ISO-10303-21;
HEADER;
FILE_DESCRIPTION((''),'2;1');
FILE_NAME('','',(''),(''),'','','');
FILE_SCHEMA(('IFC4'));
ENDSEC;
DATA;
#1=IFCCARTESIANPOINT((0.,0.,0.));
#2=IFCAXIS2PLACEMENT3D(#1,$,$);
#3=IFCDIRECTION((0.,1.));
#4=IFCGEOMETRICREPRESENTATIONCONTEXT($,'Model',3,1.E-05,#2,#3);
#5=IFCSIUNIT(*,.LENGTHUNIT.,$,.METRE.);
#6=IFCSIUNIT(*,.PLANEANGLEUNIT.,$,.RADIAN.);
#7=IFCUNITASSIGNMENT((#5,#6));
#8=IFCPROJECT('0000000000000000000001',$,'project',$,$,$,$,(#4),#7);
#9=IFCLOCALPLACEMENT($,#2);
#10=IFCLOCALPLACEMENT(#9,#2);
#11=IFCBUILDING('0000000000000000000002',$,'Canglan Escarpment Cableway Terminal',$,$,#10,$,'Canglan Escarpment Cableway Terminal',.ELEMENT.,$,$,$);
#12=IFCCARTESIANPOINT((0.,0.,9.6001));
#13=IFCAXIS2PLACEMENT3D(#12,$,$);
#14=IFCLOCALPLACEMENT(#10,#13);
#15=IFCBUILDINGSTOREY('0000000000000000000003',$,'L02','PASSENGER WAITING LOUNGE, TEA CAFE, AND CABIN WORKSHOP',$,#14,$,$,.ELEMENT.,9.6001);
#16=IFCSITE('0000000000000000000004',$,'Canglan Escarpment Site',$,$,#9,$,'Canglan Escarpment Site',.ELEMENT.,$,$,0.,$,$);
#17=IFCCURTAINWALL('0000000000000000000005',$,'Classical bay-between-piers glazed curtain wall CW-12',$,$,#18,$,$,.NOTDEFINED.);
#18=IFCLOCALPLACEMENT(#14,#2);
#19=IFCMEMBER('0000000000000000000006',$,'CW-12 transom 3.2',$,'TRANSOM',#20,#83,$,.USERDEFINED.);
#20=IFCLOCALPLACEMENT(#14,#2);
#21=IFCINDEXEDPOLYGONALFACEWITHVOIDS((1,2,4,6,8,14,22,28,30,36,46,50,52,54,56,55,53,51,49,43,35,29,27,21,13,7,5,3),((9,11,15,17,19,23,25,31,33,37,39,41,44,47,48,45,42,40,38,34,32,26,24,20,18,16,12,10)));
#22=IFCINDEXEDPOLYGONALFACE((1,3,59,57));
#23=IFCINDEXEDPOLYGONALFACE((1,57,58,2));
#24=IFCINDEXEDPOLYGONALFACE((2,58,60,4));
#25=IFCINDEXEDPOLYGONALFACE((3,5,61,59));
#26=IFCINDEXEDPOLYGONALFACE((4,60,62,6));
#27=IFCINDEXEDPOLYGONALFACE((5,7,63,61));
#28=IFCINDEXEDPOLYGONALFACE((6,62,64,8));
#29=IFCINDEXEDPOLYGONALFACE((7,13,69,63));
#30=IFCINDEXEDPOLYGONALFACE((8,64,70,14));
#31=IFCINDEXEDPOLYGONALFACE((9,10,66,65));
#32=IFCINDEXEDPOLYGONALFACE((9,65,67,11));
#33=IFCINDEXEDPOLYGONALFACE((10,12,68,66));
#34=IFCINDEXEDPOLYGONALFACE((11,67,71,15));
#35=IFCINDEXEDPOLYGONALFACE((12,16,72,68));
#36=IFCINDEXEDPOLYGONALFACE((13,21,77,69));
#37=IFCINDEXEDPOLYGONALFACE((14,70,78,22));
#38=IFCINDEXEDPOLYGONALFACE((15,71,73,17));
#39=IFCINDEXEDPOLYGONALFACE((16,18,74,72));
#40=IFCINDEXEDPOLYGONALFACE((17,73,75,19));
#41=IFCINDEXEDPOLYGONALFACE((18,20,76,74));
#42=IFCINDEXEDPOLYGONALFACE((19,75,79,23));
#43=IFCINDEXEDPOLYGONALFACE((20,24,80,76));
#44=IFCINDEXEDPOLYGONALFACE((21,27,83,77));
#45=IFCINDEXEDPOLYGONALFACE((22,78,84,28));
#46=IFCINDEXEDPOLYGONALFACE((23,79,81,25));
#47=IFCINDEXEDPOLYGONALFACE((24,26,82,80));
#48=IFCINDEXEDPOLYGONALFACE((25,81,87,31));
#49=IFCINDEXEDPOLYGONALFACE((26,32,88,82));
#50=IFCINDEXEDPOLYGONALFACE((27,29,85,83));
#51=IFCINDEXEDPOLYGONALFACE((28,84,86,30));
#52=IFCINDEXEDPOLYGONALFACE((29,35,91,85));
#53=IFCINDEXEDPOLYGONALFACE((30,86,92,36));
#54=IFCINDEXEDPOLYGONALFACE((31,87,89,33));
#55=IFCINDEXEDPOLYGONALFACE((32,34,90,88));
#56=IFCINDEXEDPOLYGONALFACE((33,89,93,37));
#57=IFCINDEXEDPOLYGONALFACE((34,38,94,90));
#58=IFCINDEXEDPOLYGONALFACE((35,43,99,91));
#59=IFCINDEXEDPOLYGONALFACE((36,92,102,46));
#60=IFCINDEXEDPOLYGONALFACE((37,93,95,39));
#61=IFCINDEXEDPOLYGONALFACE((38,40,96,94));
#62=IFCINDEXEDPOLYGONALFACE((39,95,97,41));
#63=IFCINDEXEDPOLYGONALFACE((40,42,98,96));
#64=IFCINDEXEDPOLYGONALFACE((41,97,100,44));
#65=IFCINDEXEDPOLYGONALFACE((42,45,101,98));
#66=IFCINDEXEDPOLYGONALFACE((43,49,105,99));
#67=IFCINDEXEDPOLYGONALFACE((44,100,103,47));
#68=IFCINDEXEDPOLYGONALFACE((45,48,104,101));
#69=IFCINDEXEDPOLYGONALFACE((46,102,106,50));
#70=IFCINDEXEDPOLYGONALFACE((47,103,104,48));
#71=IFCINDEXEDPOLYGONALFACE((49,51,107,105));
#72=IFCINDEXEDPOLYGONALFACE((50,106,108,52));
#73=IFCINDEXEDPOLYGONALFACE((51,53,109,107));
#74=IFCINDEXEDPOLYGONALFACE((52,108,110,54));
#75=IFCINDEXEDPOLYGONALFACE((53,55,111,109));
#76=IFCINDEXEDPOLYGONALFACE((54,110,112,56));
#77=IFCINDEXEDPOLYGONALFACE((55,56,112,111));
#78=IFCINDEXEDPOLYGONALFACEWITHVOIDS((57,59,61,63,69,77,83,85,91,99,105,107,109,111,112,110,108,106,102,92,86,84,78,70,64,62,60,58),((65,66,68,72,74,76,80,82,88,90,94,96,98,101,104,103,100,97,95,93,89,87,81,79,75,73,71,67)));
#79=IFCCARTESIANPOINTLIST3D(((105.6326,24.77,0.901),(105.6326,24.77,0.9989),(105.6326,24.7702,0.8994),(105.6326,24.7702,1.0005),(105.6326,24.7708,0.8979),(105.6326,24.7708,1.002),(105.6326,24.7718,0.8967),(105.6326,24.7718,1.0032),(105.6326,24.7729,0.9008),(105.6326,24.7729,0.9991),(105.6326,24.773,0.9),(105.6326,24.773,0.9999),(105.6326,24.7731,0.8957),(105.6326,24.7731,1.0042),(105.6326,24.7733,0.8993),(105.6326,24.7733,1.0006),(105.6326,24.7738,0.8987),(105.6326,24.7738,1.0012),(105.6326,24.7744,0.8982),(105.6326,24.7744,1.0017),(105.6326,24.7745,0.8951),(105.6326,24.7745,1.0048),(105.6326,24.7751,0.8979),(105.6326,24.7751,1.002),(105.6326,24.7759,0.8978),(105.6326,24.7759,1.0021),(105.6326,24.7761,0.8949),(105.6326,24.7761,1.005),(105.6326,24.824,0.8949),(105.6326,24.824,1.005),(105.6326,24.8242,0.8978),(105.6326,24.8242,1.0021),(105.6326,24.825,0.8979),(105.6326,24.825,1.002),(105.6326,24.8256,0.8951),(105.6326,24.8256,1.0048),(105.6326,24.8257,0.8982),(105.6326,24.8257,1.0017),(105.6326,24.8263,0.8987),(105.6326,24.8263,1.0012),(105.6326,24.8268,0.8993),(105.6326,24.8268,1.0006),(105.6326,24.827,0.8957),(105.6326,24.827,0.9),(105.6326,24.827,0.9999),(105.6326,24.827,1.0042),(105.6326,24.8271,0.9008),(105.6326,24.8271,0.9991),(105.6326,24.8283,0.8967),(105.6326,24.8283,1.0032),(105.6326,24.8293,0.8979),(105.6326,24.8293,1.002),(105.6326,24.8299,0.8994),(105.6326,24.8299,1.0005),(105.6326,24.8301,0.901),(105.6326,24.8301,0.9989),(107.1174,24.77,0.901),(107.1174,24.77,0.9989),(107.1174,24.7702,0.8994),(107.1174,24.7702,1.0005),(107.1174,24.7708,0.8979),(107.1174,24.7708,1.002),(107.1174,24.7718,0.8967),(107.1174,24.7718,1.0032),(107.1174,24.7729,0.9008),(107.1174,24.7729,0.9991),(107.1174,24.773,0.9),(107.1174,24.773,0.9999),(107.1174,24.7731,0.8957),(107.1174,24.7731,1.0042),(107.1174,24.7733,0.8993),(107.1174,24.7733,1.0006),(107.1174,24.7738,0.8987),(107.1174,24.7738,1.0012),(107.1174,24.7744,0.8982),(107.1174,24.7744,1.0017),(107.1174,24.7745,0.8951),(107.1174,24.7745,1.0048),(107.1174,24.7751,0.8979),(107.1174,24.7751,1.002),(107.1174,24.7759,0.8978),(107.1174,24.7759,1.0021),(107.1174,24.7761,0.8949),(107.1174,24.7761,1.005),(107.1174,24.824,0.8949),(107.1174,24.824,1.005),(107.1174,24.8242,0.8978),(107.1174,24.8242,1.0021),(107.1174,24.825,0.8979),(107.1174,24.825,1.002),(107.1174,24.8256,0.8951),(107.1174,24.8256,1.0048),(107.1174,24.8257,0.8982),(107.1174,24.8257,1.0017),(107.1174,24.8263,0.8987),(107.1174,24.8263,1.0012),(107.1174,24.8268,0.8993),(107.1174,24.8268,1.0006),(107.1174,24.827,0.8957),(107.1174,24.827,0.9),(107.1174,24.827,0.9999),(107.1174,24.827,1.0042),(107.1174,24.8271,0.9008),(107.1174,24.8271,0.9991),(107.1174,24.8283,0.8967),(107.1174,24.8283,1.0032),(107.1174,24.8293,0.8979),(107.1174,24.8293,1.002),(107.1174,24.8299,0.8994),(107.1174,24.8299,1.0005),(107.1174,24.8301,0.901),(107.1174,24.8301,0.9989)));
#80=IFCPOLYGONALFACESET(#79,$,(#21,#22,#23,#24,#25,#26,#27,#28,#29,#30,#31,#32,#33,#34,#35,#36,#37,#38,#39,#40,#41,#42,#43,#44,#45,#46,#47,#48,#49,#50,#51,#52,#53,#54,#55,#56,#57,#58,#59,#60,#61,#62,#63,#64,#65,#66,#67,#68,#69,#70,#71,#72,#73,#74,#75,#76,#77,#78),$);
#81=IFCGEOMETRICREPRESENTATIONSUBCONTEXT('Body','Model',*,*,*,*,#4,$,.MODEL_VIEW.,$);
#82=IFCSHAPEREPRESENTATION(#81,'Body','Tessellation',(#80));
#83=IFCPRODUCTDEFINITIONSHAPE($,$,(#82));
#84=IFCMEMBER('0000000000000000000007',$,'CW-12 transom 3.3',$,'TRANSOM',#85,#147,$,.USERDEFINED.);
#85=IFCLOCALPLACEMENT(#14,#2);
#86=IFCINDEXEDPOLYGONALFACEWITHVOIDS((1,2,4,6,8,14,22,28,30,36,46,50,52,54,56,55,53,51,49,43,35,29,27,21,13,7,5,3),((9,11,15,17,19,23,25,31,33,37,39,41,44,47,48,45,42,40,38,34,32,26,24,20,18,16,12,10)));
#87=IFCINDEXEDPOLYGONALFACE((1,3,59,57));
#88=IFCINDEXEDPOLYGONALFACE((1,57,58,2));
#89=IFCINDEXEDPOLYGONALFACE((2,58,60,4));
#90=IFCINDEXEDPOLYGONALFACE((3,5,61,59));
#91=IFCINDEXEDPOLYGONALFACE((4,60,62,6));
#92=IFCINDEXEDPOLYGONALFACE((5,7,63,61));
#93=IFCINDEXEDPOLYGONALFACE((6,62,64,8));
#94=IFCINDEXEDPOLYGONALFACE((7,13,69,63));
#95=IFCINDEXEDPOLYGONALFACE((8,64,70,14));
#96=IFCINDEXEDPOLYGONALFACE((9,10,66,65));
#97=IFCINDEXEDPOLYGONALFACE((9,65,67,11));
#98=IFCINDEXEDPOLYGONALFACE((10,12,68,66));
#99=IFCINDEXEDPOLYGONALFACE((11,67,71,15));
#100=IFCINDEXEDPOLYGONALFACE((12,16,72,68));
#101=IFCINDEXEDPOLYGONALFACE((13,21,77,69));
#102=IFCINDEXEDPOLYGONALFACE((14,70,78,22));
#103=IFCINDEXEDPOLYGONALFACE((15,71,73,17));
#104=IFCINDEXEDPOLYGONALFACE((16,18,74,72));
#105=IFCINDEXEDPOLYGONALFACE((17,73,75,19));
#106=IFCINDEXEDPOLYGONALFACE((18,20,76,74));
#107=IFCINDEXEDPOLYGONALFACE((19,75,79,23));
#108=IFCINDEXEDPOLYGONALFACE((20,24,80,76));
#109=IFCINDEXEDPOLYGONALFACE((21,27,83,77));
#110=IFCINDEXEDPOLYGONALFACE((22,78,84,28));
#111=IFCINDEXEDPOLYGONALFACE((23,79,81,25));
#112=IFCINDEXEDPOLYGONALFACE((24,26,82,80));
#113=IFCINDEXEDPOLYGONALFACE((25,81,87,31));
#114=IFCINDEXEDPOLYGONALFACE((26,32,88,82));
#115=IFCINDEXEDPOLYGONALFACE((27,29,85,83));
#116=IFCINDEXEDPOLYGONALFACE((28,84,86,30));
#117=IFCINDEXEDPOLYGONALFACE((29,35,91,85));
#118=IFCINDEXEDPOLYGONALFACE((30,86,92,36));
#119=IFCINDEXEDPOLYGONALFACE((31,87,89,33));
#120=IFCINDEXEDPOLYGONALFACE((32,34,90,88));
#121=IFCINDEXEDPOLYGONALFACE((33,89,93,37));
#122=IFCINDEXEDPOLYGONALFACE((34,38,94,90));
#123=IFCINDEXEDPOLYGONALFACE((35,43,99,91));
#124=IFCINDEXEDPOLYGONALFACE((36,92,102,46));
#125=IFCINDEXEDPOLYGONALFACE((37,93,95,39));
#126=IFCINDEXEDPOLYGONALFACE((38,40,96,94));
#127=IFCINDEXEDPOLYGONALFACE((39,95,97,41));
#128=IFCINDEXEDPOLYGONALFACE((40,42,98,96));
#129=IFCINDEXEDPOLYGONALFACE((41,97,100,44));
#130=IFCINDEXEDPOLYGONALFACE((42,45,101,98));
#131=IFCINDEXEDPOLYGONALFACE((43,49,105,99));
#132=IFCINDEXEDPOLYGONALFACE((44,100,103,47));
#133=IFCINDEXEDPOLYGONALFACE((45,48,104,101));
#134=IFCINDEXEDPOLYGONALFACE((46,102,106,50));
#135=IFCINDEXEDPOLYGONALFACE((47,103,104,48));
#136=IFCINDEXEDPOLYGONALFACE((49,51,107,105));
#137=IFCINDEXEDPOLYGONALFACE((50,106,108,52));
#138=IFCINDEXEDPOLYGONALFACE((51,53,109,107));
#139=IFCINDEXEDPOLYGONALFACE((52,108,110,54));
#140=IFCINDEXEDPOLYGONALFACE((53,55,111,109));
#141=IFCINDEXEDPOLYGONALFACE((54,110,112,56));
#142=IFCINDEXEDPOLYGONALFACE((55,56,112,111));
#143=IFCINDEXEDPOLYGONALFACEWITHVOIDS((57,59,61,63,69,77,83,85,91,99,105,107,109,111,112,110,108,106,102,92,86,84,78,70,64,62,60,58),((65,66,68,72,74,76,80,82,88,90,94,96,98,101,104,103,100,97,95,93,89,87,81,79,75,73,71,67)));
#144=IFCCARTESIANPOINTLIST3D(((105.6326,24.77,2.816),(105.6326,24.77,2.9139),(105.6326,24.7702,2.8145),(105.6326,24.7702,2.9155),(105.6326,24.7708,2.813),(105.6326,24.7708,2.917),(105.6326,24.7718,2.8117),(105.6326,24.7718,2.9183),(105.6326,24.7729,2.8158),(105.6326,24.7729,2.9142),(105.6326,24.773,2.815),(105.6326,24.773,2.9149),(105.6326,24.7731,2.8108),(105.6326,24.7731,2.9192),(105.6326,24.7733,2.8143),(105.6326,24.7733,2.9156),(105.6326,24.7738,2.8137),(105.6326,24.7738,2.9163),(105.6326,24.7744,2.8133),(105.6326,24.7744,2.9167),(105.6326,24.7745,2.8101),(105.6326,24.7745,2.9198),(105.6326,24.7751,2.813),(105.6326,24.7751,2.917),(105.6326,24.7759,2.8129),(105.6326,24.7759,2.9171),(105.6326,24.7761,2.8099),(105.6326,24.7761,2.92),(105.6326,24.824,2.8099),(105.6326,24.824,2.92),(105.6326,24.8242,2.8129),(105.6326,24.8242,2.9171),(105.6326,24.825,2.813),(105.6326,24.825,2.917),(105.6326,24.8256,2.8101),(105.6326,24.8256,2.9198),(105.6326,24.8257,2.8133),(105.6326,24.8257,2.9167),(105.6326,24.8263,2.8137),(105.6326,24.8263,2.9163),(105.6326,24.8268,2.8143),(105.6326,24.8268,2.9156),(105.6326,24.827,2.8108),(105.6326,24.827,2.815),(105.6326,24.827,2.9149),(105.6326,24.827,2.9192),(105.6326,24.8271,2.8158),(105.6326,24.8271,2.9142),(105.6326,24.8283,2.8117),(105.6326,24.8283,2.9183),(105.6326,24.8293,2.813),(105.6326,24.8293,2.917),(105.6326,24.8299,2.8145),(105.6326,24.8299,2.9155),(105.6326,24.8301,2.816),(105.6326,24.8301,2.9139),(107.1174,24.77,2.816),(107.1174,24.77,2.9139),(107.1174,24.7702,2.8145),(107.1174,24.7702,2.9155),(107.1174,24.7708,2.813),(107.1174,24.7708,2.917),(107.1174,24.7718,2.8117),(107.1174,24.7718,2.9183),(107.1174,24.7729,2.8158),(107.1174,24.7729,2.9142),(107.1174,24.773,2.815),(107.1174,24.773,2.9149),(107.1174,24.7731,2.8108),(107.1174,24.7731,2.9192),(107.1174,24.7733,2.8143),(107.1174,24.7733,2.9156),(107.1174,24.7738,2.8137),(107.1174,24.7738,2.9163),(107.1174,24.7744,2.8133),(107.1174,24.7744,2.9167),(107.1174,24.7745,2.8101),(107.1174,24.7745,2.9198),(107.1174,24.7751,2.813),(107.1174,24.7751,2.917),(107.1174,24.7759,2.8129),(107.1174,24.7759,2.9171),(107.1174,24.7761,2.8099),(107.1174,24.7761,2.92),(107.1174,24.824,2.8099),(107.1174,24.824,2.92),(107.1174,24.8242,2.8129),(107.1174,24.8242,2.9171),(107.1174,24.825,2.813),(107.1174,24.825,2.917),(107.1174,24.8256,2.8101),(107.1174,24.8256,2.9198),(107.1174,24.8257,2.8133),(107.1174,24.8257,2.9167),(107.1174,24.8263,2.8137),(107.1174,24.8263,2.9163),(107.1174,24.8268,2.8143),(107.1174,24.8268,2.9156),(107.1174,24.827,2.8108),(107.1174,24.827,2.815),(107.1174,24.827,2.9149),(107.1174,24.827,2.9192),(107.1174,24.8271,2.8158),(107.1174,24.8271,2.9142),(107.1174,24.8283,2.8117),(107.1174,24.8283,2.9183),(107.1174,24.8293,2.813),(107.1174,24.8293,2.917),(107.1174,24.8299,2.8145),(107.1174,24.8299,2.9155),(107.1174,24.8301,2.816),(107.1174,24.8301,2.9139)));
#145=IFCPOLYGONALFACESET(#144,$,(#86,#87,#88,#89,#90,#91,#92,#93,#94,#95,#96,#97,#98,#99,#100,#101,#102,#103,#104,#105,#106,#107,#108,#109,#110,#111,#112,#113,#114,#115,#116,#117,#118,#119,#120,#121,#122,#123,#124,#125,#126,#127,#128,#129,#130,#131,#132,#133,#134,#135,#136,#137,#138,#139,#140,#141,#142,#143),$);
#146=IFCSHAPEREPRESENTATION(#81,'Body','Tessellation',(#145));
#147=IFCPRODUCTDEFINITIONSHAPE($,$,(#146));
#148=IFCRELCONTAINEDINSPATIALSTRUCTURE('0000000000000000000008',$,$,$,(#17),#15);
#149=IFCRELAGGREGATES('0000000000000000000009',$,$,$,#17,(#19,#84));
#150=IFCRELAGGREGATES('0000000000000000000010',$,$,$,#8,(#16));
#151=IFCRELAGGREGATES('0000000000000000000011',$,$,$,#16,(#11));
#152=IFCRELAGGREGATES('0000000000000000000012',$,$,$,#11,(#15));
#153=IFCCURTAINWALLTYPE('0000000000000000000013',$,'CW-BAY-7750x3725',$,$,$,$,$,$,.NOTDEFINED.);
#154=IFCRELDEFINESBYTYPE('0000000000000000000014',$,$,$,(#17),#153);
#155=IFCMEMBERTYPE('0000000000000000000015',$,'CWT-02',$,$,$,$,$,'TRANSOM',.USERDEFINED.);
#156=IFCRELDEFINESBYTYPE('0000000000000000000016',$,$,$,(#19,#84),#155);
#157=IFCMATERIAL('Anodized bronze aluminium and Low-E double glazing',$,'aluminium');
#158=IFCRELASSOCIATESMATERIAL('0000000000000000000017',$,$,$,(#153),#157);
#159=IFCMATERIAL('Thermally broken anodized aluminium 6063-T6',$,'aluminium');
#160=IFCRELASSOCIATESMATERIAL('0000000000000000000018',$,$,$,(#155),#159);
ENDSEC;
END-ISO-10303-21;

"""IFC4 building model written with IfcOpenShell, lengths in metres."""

from ifc_helpers import new_model, si_unit, direction, frame, origin, origin_2d, place, context, subcontext, project, spatial, hollow_rectangle, extrude, material, material_profile, profile_set, type_object, element, aggregate, save


model = new_model("IFC4")

# Units and contexts
model_context = context("Model", 3, precision=1e-05, world=origin(), true_north=direction((0.0, 1.0)))
body_context = subcontext(model_context, "Body", "Model", "MODEL_VIEW")
ifc_project = project(units=[si_unit("LENGTHUNIT", "METRE"), si_unit("PLANEANGLEUNIT", "RADIAN")], contexts=[model_context])

# Site, building, storey
site_placement = place(None, origin())
site = spatial("IfcSite", under=ifc_project, at=site_placement, Name="Canglan Escarpment Site", LongName="Canglan Escarpment Site", CompositionType="ELEMENT", RefElevation=0.0)
building_placement = place(site_placement, origin())
building = spatial("IfcBuilding", under=site, at=building_placement, Name="Canglan Escarpment Cableway Terminal", LongName="Canglan Escarpment Cableway Terminal", CompositionType="ELEMENT")
storey_placement = place(building_placement, frame((0.0, 0.0, 9.6001)))
storey = spatial("IfcBuildingStorey", under=building, at=storey_placement, Name="L02", Description="PASSENGER WAITING LOUNGE, TEA CAFE, AND CABIN WORKSHOP", CompositionType="ELEMENT", Elevation=9.6001)

# Curtain wall, members
ifc_material_1 = material(Name="Anodized bronze aluminium and Low-E double glazing", Category="aluminium")
curtain_wall_type = type_object("IfcCurtainWallType", Name="CW-BAY-7750x3725", PredefinedType="NOTDEFINED", material=ifc_material_1)
curtain_wall_placement = place(storey_placement, origin())
curtain_wall = element("IfcCurtainWall", 1, at=curtain_wall_placement, inside=storey, type_object=curtain_wall_type, Name="Classical bay-between-piers glazed curtain wall CW-12", PredefinedType="NOTDEFINED")
ifc_material_2 = material(Name="Thermally broken anodized aluminium 6063-T6", Category="aluminium")
ifc_material_profile_1 = material_profile(ifc_material_2, hollow_rectangle(XDim=0.0601, YDim=0.1101, WallThickness=0.0029, InnerFilletRadius=0.0029, OuterFilletRadius=0.0061, at=origin_2d()), Name="ALU-TRAN 60x110x3")
ifc_profile_set_1 = profile_set([ifc_material_profile_1], Name="Thermally broken anodized aluminium 6063-T6")
member_type_1 = type_object("IfcMemberType", Name="CWT-02", ElementType="TRANSOM", PredefinedType="USERDEFINED", material=ifc_profile_set_1)
member_1_placement = place(storey_placement, frame((107.1174, 24.8, 0.95), z_axis=(-1.0, 0.0, 0.0), x_axis=(0.0, -1.0, 0.0)))
member_1 = element("IfcMember", 2, at=member_1_placement, type_object=member_type_1, Name="CW-12 transom 3.2", ObjectType="TRANSOM", PredefinedType="USERDEFINED", context=body_context, shape_type="SweptSolid", body=[
    extrude(hollow_rectangle(XDim=0.0601, YDim=0.1101, WallThickness=0.0029, InnerFilletRadius=0.0029, OuterFilletRadius=0.0061, at=origin_2d()), origin(), (0.0, 0.0, 1.0), 1.4849),
])
member_2_placement = place(storey_placement, frame((107.1174, 24.8, 2.865), z_axis=(-1.0, 0.0, 0.0), x_axis=(0.0, -1.0, 0.0)))
member_2 = element("IfcMember", 3, at=member_2_placement, type_object=member_type_1, Name="CW-12 transom 3.3", ObjectType="TRANSOM", PredefinedType="USERDEFINED", context=body_context, shape_type="SweptSolid", body=[
    extrude(hollow_rectangle(XDim=0.0601, YDim=0.1101, WallThickness=0.0029, InnerFilletRadius=0.0029, OuterFilletRadius=0.0061, at=origin_2d()), origin(), (0.0, 0.0, 1.0), 1.4849),
])
aggregate(curtain_wall, [member_1, member_2])

save(model, "model.ifc")
